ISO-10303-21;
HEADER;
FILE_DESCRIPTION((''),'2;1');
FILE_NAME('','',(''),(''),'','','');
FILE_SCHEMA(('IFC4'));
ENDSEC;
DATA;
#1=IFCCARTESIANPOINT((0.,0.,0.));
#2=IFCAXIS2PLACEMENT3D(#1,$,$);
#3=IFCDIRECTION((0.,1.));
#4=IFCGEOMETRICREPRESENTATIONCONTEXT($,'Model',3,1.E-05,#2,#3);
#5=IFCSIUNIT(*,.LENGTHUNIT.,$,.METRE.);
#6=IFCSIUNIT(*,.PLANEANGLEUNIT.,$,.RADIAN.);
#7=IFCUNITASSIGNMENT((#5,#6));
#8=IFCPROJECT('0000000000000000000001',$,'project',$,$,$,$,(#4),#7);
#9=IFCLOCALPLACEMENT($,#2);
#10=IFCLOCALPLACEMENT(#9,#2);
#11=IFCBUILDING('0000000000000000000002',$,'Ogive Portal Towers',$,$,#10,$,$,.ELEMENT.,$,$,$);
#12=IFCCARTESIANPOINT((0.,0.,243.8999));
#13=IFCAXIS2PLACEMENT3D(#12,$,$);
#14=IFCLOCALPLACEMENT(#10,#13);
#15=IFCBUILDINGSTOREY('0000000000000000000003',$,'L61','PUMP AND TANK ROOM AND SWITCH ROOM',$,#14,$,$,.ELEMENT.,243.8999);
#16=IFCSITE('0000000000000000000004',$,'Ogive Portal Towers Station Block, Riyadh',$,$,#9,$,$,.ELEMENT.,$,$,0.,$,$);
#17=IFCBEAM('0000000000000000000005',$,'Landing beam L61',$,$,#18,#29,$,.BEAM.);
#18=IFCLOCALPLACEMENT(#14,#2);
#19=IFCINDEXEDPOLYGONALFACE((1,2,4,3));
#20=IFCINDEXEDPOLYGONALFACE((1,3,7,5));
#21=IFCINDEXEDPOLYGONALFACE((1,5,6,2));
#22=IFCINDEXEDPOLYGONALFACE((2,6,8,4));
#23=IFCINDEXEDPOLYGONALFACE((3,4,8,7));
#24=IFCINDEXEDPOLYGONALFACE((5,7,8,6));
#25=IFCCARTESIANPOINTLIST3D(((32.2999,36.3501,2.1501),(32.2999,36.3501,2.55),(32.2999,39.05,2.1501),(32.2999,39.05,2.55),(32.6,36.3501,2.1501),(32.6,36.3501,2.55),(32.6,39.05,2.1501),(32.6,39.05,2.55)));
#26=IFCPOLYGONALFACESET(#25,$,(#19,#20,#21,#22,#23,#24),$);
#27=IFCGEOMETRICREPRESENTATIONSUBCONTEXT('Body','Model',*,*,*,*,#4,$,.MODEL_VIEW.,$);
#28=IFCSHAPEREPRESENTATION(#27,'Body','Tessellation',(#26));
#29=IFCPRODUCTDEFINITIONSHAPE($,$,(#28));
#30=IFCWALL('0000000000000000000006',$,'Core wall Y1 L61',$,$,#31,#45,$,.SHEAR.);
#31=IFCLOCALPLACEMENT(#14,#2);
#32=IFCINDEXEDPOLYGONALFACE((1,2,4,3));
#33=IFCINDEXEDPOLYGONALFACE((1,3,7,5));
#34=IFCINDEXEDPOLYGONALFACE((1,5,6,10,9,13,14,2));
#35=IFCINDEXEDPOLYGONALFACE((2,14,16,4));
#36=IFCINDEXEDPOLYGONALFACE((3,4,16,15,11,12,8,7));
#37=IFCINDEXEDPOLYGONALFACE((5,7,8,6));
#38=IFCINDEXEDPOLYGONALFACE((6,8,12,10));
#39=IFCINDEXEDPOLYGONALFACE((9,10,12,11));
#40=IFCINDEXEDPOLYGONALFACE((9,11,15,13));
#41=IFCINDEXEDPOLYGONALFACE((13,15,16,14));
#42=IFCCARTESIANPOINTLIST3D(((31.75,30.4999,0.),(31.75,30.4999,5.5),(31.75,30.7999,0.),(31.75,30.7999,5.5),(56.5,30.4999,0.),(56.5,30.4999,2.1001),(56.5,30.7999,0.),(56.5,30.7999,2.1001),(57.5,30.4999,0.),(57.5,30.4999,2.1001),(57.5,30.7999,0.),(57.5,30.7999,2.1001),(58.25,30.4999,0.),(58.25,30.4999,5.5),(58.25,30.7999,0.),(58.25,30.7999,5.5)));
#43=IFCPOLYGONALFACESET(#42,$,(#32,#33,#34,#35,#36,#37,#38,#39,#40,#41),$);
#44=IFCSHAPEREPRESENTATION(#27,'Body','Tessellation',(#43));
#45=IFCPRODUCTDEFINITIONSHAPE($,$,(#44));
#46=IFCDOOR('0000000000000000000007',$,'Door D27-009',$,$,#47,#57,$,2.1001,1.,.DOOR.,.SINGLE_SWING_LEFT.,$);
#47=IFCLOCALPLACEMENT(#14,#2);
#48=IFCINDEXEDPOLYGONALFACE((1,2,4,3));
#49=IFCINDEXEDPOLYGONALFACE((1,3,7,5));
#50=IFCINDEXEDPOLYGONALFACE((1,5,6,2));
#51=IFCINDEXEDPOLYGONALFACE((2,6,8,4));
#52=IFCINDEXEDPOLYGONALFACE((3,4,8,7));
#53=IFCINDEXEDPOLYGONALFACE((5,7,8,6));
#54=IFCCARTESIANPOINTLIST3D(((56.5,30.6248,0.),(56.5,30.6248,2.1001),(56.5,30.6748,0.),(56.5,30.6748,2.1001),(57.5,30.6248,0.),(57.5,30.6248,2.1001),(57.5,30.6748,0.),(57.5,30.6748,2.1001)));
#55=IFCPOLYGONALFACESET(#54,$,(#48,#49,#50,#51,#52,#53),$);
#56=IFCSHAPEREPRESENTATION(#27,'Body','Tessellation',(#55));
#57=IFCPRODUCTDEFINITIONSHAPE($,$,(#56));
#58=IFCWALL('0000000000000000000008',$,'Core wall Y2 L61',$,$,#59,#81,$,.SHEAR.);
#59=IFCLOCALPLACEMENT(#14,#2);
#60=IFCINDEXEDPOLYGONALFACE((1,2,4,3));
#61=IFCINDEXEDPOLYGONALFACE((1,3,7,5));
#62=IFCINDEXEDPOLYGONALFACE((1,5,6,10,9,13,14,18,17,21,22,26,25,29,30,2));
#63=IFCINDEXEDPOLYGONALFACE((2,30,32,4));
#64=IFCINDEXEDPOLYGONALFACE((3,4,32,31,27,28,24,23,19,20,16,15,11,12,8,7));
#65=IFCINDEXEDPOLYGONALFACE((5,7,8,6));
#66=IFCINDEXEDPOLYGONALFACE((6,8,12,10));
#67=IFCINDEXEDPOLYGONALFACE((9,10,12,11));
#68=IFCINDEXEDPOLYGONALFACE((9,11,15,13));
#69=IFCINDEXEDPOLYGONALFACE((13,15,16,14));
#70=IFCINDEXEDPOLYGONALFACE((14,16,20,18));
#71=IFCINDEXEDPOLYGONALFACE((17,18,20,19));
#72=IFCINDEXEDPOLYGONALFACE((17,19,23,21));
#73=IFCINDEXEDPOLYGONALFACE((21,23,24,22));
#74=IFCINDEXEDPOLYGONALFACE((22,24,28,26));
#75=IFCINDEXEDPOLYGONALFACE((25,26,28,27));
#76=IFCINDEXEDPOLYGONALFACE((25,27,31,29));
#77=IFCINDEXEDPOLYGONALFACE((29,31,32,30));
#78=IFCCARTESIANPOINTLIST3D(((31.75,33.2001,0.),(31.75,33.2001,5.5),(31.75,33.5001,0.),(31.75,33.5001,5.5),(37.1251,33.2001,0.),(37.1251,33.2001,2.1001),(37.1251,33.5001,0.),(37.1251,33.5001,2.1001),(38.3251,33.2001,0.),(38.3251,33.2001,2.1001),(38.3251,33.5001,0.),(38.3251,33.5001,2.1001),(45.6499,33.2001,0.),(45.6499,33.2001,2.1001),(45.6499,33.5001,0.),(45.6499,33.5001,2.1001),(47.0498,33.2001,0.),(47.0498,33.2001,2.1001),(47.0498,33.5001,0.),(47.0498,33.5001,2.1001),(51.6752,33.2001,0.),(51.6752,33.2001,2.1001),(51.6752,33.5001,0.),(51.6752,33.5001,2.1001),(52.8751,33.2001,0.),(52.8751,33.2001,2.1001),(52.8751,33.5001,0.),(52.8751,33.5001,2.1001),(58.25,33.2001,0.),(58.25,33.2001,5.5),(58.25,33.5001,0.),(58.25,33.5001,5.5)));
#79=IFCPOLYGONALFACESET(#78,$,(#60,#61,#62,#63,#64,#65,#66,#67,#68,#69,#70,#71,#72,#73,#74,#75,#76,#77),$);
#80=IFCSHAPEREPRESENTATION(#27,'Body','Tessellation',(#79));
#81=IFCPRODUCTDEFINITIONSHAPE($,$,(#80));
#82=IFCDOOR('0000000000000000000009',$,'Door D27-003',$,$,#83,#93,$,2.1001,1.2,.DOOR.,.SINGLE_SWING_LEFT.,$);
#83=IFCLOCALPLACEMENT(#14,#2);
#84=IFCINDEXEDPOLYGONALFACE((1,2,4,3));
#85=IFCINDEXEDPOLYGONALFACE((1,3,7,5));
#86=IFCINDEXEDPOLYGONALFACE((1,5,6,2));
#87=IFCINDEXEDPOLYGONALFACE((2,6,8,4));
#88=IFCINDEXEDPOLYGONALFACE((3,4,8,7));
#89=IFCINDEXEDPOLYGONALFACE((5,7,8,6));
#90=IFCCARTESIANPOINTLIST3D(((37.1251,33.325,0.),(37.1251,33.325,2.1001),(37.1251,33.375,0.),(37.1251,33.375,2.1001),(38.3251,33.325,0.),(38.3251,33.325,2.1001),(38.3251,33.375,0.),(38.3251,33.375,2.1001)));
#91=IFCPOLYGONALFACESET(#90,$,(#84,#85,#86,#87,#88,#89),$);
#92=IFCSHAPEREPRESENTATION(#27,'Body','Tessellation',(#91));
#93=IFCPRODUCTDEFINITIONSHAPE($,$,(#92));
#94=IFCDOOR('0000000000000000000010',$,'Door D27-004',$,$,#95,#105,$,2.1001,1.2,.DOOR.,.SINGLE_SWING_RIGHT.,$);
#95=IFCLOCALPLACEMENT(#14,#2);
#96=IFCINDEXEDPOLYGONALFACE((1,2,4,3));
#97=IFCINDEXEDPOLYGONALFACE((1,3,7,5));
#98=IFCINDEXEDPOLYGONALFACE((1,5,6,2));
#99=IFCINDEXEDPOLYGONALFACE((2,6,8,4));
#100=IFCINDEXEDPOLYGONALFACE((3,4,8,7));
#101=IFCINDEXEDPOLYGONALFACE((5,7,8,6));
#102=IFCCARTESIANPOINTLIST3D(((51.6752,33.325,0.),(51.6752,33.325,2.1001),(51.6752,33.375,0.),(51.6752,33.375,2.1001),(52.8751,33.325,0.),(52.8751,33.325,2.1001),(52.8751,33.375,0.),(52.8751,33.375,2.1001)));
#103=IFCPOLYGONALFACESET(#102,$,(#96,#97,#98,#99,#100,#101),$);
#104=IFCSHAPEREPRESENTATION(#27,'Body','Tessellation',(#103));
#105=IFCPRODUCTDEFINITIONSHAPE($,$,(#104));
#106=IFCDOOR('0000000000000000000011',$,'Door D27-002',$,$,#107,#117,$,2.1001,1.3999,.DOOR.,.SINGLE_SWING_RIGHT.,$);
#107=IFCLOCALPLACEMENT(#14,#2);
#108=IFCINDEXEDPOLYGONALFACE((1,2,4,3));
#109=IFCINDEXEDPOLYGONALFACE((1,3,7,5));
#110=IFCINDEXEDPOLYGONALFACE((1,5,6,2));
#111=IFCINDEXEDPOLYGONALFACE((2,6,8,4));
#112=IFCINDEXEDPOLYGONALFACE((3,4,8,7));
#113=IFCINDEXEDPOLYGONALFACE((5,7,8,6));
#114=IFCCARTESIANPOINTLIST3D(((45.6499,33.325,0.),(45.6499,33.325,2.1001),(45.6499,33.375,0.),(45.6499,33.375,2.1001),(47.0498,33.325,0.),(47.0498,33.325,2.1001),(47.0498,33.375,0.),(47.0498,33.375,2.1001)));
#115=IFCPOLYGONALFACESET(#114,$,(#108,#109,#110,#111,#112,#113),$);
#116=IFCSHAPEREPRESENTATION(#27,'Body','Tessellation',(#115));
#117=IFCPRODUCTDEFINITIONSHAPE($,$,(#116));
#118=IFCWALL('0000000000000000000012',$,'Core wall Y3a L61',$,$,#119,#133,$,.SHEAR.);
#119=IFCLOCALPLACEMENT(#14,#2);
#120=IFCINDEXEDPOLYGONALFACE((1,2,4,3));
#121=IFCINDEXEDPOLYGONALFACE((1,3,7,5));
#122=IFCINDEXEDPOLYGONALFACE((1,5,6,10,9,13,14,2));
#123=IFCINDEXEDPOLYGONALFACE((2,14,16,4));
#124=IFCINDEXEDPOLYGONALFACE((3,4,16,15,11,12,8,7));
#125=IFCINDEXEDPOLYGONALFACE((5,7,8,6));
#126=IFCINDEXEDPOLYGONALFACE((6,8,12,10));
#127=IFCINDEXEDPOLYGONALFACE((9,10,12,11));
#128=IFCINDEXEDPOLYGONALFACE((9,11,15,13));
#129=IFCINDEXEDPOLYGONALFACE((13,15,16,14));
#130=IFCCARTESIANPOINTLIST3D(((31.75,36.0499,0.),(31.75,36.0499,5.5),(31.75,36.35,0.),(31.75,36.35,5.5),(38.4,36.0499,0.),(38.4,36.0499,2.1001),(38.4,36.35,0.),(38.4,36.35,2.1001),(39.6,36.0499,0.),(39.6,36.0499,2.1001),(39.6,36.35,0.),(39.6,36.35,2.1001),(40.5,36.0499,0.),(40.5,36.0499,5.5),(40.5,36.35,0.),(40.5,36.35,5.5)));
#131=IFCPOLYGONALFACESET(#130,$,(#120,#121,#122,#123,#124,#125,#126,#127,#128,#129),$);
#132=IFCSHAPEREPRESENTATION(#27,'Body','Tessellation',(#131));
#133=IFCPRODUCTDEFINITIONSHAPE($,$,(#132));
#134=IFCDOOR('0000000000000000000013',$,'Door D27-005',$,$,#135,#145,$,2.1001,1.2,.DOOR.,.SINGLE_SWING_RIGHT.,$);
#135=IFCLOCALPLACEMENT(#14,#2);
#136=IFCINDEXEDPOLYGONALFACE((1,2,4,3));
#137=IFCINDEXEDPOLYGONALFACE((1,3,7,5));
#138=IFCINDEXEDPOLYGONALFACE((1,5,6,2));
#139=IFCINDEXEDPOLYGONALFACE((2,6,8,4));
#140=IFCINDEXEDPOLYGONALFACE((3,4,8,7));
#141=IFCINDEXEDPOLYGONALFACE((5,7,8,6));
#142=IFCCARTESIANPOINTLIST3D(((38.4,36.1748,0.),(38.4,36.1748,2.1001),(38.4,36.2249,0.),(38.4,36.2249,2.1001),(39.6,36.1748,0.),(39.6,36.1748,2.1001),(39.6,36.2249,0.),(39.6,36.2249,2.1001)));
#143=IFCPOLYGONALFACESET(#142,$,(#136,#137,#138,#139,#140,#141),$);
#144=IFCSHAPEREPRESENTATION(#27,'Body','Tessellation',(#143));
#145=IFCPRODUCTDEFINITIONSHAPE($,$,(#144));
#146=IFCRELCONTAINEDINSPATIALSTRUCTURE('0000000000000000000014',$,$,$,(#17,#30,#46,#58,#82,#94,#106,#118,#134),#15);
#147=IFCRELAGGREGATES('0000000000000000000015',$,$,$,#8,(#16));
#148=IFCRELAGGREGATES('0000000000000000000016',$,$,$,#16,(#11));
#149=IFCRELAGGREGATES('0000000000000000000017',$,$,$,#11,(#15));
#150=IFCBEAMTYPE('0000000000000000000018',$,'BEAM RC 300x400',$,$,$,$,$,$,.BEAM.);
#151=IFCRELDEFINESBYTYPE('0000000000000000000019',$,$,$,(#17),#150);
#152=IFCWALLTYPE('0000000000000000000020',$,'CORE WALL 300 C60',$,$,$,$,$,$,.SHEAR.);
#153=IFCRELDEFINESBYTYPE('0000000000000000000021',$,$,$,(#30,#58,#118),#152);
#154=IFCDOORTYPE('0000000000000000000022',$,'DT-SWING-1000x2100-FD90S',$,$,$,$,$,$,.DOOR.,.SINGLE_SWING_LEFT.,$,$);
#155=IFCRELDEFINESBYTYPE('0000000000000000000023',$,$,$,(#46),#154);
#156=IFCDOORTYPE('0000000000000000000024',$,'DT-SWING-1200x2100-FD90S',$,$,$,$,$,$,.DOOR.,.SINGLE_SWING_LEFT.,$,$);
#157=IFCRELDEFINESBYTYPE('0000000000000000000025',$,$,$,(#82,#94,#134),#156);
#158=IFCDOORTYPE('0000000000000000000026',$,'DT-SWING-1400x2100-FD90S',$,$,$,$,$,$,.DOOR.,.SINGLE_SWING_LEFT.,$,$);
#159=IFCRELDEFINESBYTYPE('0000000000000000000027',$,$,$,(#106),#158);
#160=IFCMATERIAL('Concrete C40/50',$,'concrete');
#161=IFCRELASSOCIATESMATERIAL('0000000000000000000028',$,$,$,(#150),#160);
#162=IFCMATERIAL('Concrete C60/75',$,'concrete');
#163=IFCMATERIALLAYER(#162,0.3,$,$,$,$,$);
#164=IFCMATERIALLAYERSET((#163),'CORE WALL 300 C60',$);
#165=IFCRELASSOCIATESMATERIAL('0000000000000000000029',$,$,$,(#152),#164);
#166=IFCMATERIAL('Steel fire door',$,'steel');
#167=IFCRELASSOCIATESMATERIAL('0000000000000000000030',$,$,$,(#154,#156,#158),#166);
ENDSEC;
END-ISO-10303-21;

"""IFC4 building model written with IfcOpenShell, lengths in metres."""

from ifc_helpers import new_model, si_unit, direction, frame, frame_2d, origin, origin_2d, place, context, subcontext, project, spatial, rectangle, extrude, material, layer, layer_set, material_profile, profile_set, type_object, element, fill, save


model = new_model("IFC4")

# Units and contexts
model_context = context("Model", 3, precision=1e-05, world=origin(), true_north=direction((0.0, 1.0)))
body_context = subcontext(model_context, "Body", "Model", "MODEL_VIEW")
ifc_project = project(units=[si_unit("LENGTHUNIT", "METRE"), si_unit("PLANEANGLEUNIT", "RADIAN")], contexts=[model_context])

# Site, building, storey
site_placement = place(None, origin())
site = spatial("IfcSite", under=ifc_project, at=site_placement, Name="Ogive Portal Towers Station Block, Riyadh", CompositionType="ELEMENT", RefElevation=0.0)
building_placement = place(site_placement, origin())
building = spatial("IfcBuilding", under=site, at=building_placement, Name="Ogive Portal Towers", CompositionType="ELEMENT")
storey_placement = place(building_placement, frame((0.0, 0.0, 243.8999)))
storey = spatial("IfcBuildingStorey", under=building, at=storey_placement, Name="L61", Description="PUMP AND TANK ROOM AND SWITCH ROOM", CompositionType="ELEMENT", Elevation=243.8999)

# Beam
ifc_material_1 = material(Name="Concrete C40/50", Category="concrete")
ifc_material_profile = material_profile(ifc_material_1, rectangle(XDim=0.3, YDim=0.3999, at=origin_2d()), Name="RC 300x400")
ifc_profile_set = profile_set([ifc_material_profile], Name="Concrete C40/50")
beam_type = type_object("IfcBeamType", Name="BEAM RC 300x400", PredefinedType="BEAM", material=ifc_profile_set)
beam_placement = place(storey_placement, frame((32.45, 36.3501, 2.3501), z_axis=(0.0, 1.0, 0.0), x_axis=(-1.0, 0.0, 0.0)))
element("IfcBeam", 1, at=beam_placement, inside=storey, type_object=beam_type, Name="Landing beam L61", PredefinedType="BEAM", context=body_context, shape_type="SweptSolid", body=[
    extrude(rectangle(XDim=0.3, YDim=0.3999, at=origin_2d()), origin(), (0.0, 0.0, 1.0), 2.7),
])

# Wall, opening, door
ifc_material_2 = material(Name="Concrete C60/75", Category="concrete")
ifc_layer_1 = layer(ifc_material_2, 0.3)
ifc_layer_set_1 = layer_set([ifc_layer_1], Name="CORE WALL 300 C60")
wall_type_1 = type_object("IfcWallType", Name="CORE WALL 300 C60", PredefinedType="SHEAR", material=ifc_layer_set_1)
wall_1_placement = place(storey_placement, frame((31.75, 30.6499, 0.0), z_axis=(0.0, 0.0, 1.0), x_axis=(1.0, 0.0, 0.0)))
wall_1 = element("IfcWall", 2, at=wall_1_placement, inside=storey, type_object=wall_type_1, Name="Core wall Y1 L61", PredefinedType="SHEAR", context=body_context, shape_type="SweptSolid", body=[
    extrude(rectangle(XDim=26.5, YDim=0.3, at=frame_2d((13.25, 0.0))), origin(), (0.0, 0.0, 1.0), 5.5),
])
opening_1_placement = place(wall_1_placement, frame((24.75, 0.0, 0.0)))
opening_1 = element("IfcOpeningElement", 3, at=opening_1_placement, cuts=wall_1, PredefinedType="OPENING", context=body_context, shape_type="SweptSolid", body=[
    extrude(rectangle(XDim=1.0, YDim=2.1001, at=frame_2d((0.5, 1.05))), frame((0.0, 0.1602, 0.0), z_axis=(0.0, -1.0, 0.0), x_axis=(1.0, 0.0, 0.0)), (0.0, 0.0, 1.0), 0.3201),
])
ifc_material_3 = material(Name="Steel fire door", Category="steel")
door_type_1 = type_object("IfcDoorType", Name="DT-SWING-1000x2100-FD90S", OperationType="SINGLE_SWING_LEFT", PredefinedType="DOOR", material=ifc_material_3)
door_1_placement = place(opening_1_placement, origin())
door_1 = element("IfcDoor", 4, at=door_1_placement, inside=storey, type_object=door_type_1, Name="Door D27-009", OperationType="SINGLE_SWING_LEFT", OverallHeight=2.1001, OverallWidth=1.0, PredefinedType="DOOR", context=body_context, shape_type="SweptSolid", body=[
    extrude(rectangle(XDim=1.0, YDim=2.1001, at=frame_2d((0.5, 1.05))), frame((0.0, 0.0249, 0.0), z_axis=(0.0, -1.0, 0.0), x_axis=(1.0, 0.0, 0.0)), (0.0, 0.0, 1.0), 0.05),
])
fill(opening_1, door_1)

# Wall, openings, doors
wall_2_placement = place(storey_placement, frame((31.75, 33.3501, 0.0), z_axis=(0.0, 0.0, 1.0), x_axis=(1.0, 0.0, 0.0)))
wall_2 = element("IfcWall", 5, at=wall_2_placement, inside=storey, type_object=wall_type_1, Name="Core wall Y2 L61", PredefinedType="SHEAR", context=body_context, shape_type="SweptSolid", body=[
    extrude(rectangle(XDim=26.5, YDim=0.3, at=frame_2d((13.25, 0.0))), origin(), (0.0, 0.0, 1.0), 5.5),
])
opening_2_placement = place(wall_2_placement, frame((13.8999, 0.0, 0.0)))
opening_2 = element("IfcOpeningElement", 6, at=opening_2_placement, cuts=wall_2, PredefinedType="OPENING", context=body_context, shape_type="SweptSolid", body=[
    extrude(rectangle(XDim=1.3999, YDim=2.1001, at=frame_2d((0.7, 1.05))), frame((0.0, 0.1602, 0.0), z_axis=(0.0, -1.0, 0.0), x_axis=(1.0, 0.0, 0.0)), (0.0, 0.0, 1.0), 0.3201),
])
opening_3_placement = place(wall_2_placement, frame((5.375, 0.0, 0.0)))
opening_3 = element("IfcOpeningElement", 7, at=opening_3_placement, cuts=wall_2, PredefinedType="OPENING", context=body_context, shape_type="SweptSolid", body=[
    extrude(rectangle(XDim=1.2, YDim=2.1001, at=frame_2d((0.6001, 1.05))), frame((0.0, 0.1602, 0.0), z_axis=(0.0, -1.0, 0.0), x_axis=(1.0, 0.0, 0.0)), (0.0, 0.0, 1.0), 0.3201),
])
opening_4_placement = place(wall_2_placement, frame((19.925, 0.0, 0.0)))
opening_4 = element("IfcOpeningElement", 8, at=opening_4_placement, cuts=wall_2, PredefinedType="OPENING", context=body_context, shape_type="SweptSolid", body=[
    extrude(rectangle(XDim=1.2, YDim=2.1001, at=frame_2d((0.6001, 1.05))), frame((0.0, 0.1602, 0.0), z_axis=(0.0, -1.0, 0.0), x_axis=(1.0, 0.0, 0.0)), (0.0, 0.0, 1.0), 0.3201),
])
door_type_2 = type_object("IfcDoorType", Name="DT-SWING-1200x2100-FD90S", OperationType="SINGLE_SWING_LEFT", PredefinedType="DOOR", material=ifc_material_3)
door_2_placement = place(opening_3_placement, origin())
door_2 = element("IfcDoor", 9, at=door_2_placement, inside=storey, type_object=door_type_2, Name="Door D27-003", OperationType="SINGLE_SWING_LEFT", OverallHeight=2.1001, OverallWidth=1.2, PredefinedType="DOOR", context=body_context, shape_type="SweptSolid", body=[
    extrude(rectangle(XDim=1.2, YDim=2.1001, at=frame_2d((0.6001, 1.05))), frame((0.0, 0.0249, 0.0), z_axis=(0.0, -1.0, 0.0), x_axis=(1.0, 0.0, 0.0)), (0.0, 0.0, 1.0), 0.05),
])
fill(opening_3, door_2)
door_3_placement = place(opening_4_placement, origin())
door_3 = element("IfcDoor", 10, at=door_3_placement, inside=storey, type_object=door_type_2, Name="Door D27-004", OperationType="SINGLE_SWING_RIGHT", OverallHeight=2.1001, OverallWidth=1.2, PredefinedType="DOOR", context=body_context, shape_type="SweptSolid", body=[
    extrude(rectangle(XDim=1.2, YDim=2.1001, at=frame_2d((0.6001, 1.05))), frame((0.0, 0.0249, 0.0), z_axis=(0.0, -1.0, 0.0), x_axis=(1.0, 0.0, 0.0)), (0.0, 0.0, 1.0), 0.05),
])
fill(opening_4, door_3)
door_type_3 = type_object("IfcDoorType", Name="DT-SWING-1400x2100-FD90S", OperationType="SINGLE_SWING_LEFT", PredefinedType="DOOR", material=ifc_material_3)
door_4_placement = place(opening_2_placement, origin())
door_4 = element("IfcDoor", 11, at=door_4_placement, inside=storey, type_object=door_type_3, Name="Door D27-002", OperationType="SINGLE_SWING_RIGHT", OverallHeight=2.1001, OverallWidth=1.3999, PredefinedType="DOOR", context=body_context, shape_type="SweptSolid", body=[
    extrude(rectangle(XDim=1.3999, YDim=2.1001, at=frame_2d((0.7, 1.05))), frame((0.0, 0.0249, 0.0), z_axis=(0.0, -1.0, 0.0), x_axis=(1.0, 0.0, 0.0)), (0.0, 0.0, 1.0), 0.05),
])
fill(opening_2, door_4)

# Wall, opening, door
wall_3_placement = place(storey_placement, frame((31.75, 36.2, 0.0), z_axis=(0.0, 0.0, 1.0), x_axis=(1.0, 0.0, 0.0)))
wall_3 = element("IfcWall", 12, at=wall_3_placement, inside=storey, type_object=wall_type_1, Name="Core wall Y3a L61", PredefinedType="SHEAR", context=body_context, shape_type="SweptSolid", body=[
    extrude(rectangle(XDim=8.75, YDim=0.3, at=frame_2d((4.375, 0.0))), origin(), (0.0, 0.0, 1.0), 5.5),
])
opening_5_placement = place(wall_3_placement, frame((6.6499, 0.0, 0.0)))
opening_5 = element("IfcOpeningElement", 13, at=opening_5_placement, cuts=wall_3, PredefinedType="OPENING", context=body_context, shape_type="SweptSolid", body=[
    extrude(rectangle(XDim=1.2, YDim=2.1001, at=frame_2d((0.6001, 1.05))), frame((0.0, 0.1602, 0.0), z_axis=(0.0, -1.0, 0.0), x_axis=(1.0, 0.0, 0.0)), (0.0, 0.0, 1.0), 0.3201),
])
door_5_placement = place(opening_5_placement, origin())
door_5 = element("IfcDoor", 14, at=door_5_placement, inside=storey, type_object=door_type_2, Name="Door D27-005", OperationType="SINGLE_SWING_RIGHT", OverallHeight=2.1001, OverallWidth=1.2, PredefinedType="DOOR", context=body_context, shape_type="SweptSolid", body=[
    extrude(rectangle(XDim=1.2, YDim=2.1001, at=frame_2d((0.6001, 1.05))), frame((0.0, 0.0249, 0.0), z_axis=(0.0, -1.0, 0.0), x_axis=(1.0, 0.0, 0.0)), (0.0, 0.0, 1.0), 0.05),
])
fill(opening_5, door_5)

save(model, "model.ifc")
